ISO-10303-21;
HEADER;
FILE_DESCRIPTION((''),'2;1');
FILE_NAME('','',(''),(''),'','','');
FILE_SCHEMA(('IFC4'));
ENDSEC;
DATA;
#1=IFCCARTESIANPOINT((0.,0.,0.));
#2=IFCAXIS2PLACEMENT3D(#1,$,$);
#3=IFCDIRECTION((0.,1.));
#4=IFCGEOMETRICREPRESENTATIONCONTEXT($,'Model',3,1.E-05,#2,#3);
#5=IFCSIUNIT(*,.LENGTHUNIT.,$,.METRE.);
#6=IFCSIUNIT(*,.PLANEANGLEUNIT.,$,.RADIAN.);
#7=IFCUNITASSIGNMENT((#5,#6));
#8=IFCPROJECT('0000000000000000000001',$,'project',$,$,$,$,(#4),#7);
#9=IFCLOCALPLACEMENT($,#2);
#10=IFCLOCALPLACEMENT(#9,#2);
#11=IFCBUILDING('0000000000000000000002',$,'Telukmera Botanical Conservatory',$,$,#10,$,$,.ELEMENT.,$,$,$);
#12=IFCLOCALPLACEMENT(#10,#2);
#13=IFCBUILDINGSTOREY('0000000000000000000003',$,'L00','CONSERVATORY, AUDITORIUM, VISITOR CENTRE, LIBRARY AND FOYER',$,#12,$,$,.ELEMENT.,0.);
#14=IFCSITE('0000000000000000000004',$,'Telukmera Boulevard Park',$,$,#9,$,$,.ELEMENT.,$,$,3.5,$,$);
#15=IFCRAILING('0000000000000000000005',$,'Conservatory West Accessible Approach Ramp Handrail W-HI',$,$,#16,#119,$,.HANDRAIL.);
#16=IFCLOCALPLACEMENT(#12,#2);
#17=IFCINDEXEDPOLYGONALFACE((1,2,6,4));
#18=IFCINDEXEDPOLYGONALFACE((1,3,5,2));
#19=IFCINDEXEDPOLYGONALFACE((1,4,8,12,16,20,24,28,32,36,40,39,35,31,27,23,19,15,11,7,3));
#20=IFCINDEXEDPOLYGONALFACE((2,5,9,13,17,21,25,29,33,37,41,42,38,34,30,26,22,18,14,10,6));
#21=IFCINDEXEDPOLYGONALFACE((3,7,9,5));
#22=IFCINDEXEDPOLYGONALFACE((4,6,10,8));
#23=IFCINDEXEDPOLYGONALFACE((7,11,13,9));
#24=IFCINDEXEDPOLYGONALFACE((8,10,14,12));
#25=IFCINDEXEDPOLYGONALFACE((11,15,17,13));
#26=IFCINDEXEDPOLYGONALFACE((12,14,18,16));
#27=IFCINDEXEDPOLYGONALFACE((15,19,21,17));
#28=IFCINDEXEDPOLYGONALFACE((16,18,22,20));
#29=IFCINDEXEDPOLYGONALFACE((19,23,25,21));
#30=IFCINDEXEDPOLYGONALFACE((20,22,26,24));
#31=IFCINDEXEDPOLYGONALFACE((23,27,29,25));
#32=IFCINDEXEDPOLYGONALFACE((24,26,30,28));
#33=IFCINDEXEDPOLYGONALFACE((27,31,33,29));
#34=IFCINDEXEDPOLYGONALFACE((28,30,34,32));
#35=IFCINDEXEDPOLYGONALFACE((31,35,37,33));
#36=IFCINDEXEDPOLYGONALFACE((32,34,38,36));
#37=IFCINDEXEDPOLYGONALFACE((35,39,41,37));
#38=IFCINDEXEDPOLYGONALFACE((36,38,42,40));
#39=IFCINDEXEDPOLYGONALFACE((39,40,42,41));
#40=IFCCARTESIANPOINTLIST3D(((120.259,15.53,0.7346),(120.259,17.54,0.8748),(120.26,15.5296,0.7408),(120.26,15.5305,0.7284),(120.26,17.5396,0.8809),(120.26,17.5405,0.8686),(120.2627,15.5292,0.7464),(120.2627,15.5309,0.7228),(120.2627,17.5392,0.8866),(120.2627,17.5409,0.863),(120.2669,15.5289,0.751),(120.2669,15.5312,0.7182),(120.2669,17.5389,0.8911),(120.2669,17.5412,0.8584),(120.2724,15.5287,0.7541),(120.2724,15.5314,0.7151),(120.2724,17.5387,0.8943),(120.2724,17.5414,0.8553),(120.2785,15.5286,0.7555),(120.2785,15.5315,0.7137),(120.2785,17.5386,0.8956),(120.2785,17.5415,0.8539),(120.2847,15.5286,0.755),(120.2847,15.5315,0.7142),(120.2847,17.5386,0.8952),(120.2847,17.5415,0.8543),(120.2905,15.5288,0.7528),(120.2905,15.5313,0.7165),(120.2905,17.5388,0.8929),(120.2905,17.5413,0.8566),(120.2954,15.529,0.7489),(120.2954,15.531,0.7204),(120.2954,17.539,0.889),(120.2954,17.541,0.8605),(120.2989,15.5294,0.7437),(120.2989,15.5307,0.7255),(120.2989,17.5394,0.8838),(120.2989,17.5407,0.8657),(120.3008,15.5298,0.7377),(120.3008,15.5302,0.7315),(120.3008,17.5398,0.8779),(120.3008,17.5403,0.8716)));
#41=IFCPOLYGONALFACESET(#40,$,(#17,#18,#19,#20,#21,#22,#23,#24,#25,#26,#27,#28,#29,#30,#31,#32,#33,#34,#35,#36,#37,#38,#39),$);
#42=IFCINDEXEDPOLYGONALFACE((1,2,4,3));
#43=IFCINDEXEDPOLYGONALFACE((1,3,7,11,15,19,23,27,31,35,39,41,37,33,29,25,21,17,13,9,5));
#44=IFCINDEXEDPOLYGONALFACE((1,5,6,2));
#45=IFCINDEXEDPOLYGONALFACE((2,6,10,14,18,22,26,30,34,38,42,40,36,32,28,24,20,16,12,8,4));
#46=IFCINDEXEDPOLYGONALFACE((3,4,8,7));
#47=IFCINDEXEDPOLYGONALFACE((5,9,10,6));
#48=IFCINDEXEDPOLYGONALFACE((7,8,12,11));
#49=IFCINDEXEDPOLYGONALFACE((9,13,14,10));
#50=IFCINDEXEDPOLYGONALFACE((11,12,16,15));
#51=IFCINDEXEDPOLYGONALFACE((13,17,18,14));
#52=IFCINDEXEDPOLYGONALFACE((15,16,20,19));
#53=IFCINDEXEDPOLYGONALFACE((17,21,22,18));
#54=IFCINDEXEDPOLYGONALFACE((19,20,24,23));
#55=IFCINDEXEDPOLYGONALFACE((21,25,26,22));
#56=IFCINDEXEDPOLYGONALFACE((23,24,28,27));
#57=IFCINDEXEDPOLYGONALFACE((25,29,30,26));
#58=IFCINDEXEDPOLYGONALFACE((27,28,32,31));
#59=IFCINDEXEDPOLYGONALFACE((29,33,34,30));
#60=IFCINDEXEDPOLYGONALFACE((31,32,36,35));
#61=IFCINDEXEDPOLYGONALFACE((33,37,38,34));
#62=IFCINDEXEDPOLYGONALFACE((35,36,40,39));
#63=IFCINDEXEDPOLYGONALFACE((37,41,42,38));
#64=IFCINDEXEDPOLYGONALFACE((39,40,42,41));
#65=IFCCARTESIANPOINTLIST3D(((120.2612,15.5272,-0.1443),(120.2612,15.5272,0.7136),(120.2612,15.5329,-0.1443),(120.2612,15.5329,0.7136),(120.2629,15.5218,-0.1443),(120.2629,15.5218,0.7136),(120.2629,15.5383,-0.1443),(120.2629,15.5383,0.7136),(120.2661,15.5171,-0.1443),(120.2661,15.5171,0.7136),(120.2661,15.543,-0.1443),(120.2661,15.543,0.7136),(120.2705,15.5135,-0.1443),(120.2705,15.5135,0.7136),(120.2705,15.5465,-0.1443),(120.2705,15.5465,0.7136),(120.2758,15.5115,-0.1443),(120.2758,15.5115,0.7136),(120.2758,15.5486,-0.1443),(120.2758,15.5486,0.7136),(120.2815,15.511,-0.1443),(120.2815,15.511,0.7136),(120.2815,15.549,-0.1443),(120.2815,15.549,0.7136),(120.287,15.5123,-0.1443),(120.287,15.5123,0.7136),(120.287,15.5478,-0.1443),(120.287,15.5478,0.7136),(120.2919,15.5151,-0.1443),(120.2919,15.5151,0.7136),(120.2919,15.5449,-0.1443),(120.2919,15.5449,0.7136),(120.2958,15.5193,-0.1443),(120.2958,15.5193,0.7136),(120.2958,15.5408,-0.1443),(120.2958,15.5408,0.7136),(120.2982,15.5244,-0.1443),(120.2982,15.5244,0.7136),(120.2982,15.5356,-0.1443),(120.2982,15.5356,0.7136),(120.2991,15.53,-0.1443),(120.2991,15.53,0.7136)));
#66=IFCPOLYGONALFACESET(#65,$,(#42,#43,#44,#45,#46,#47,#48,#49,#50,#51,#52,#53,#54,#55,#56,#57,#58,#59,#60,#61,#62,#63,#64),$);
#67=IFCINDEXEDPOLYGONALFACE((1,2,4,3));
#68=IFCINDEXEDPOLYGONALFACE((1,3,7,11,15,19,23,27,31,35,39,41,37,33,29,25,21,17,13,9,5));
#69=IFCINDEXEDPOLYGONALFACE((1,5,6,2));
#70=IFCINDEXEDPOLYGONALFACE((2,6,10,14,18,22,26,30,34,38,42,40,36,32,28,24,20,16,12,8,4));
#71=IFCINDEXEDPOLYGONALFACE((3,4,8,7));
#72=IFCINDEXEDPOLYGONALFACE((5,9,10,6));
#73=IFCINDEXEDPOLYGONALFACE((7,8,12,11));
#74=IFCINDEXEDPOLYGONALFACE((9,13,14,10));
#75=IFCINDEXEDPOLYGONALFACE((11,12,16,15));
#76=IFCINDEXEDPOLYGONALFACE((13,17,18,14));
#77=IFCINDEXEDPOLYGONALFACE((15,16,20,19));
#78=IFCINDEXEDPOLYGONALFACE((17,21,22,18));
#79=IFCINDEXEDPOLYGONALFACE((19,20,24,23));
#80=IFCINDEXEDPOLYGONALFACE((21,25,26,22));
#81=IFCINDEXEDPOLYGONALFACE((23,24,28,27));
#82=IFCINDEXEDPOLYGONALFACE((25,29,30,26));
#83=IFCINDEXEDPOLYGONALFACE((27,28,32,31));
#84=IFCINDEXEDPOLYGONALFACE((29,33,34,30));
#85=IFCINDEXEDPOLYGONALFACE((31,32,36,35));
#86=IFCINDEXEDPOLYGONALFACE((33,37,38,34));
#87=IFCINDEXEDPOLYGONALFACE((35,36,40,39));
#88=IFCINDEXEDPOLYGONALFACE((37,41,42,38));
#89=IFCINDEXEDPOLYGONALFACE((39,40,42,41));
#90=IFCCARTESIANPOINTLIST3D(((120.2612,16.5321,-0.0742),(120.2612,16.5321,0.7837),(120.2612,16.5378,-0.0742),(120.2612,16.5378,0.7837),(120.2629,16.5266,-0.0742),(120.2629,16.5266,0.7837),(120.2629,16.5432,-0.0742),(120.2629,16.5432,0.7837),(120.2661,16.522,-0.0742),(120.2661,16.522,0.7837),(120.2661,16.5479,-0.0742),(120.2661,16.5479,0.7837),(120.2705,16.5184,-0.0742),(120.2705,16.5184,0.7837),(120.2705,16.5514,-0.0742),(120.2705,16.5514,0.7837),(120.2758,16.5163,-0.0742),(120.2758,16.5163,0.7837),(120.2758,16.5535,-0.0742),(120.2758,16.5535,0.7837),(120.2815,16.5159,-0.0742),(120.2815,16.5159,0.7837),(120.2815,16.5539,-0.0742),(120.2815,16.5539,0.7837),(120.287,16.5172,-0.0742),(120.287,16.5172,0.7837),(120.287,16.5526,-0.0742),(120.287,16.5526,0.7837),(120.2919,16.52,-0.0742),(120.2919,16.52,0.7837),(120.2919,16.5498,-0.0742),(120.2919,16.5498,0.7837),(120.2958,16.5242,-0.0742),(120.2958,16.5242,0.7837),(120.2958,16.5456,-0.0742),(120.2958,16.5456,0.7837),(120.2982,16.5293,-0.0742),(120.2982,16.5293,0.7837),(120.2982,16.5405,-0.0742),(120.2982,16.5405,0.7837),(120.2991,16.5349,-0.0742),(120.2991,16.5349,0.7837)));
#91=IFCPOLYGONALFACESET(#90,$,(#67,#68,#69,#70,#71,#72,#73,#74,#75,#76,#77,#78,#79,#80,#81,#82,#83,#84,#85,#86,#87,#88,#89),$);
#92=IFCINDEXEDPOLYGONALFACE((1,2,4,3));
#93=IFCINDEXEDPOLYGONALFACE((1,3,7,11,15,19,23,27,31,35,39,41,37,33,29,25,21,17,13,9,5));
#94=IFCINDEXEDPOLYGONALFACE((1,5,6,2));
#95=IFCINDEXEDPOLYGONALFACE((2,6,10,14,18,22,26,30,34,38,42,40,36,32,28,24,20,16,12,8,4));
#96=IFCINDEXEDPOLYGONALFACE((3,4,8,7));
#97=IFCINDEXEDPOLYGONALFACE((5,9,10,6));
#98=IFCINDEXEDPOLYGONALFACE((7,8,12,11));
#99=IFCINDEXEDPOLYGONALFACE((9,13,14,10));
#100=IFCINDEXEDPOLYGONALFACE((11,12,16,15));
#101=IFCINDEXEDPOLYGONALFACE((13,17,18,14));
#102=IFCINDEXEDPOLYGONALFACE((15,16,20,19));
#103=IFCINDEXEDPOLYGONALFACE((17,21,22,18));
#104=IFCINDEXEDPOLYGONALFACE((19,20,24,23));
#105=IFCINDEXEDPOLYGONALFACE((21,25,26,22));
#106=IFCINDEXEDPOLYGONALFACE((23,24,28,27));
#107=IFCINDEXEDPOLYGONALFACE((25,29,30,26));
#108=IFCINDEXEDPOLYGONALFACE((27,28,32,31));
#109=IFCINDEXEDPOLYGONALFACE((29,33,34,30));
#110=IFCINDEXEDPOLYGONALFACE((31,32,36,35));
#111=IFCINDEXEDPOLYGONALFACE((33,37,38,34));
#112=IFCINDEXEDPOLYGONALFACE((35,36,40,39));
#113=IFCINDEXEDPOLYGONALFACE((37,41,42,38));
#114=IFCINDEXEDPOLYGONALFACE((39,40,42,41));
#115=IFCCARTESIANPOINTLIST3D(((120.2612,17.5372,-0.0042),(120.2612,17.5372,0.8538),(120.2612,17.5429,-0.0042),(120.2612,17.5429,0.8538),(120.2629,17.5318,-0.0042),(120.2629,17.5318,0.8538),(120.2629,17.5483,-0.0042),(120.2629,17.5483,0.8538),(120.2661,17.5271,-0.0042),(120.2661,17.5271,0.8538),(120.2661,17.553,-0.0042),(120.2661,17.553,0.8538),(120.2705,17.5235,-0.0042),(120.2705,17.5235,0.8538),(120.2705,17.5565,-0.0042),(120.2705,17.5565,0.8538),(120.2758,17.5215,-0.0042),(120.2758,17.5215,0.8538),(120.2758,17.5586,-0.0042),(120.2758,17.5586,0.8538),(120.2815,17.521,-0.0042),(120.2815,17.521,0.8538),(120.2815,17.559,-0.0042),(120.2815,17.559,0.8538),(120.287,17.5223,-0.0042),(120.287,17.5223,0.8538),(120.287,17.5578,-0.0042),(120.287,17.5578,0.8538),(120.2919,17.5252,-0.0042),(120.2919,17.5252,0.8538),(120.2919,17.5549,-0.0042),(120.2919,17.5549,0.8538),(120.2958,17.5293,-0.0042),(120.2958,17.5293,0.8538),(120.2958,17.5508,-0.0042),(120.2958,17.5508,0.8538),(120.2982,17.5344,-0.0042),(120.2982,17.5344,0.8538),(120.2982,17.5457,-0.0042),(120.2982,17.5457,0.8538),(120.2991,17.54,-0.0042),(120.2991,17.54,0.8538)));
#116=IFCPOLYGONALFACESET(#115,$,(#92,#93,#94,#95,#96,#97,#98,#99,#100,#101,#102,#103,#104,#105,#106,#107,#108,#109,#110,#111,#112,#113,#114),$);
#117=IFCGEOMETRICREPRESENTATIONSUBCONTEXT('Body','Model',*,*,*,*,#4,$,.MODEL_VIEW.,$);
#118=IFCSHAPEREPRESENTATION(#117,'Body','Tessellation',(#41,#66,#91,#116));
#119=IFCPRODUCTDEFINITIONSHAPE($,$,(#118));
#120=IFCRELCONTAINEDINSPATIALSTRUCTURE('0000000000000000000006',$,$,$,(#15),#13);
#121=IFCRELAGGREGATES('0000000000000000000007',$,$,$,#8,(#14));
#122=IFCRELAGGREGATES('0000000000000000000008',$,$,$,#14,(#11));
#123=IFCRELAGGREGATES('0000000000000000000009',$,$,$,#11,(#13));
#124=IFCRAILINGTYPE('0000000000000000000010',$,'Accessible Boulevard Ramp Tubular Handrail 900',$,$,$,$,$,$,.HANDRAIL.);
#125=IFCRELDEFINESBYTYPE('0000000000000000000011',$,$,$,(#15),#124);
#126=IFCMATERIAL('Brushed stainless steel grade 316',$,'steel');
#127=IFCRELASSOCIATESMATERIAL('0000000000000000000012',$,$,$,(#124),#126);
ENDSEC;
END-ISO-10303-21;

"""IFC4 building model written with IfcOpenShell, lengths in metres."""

from ifc_helpers import new_model, si_unit, direction, frame, origin, origin_2d, place, context, subcontext, project, spatial, circle, extrude, material, type_object, element, save


model = new_model("IFC4")

# Units and contexts
model_context = context("Model", 3, precision=1e-05, world=origin(), true_north=direction((0.0, 1.0)))
body_context = subcontext(model_context, "Body", "Model", "MODEL_VIEW")
ifc_project = project(units=[si_unit("LENGTHUNIT", "METRE"), si_unit("PLANEANGLEUNIT", "RADIAN")], contexts=[model_context])

# Site, building, storey
site_placement = place(None, origin())
site = spatial("IfcSite", under=ifc_project, at=site_placement, Name="Telukmera Boulevard Park", CompositionType="ELEMENT", RefElevation=3.5)
building_placement = place(site_placement, origin())
building = spatial("IfcBuilding", under=site, at=building_placement, Name="Telukmera Botanical Conservatory", CompositionType="ELEMENT")
storey_placement = place(building_placement, origin())
storey = spatial("IfcBuildingStorey", under=building, at=storey_placement, Name="L00", Description="CONSERVATORY, AUDITORIUM, VISITOR CENTRE, LIBRARY AND FOYER", CompositionType="ELEMENT", Elevation=0.0)

# Railing
ifc_material_1 = material(Name="Brushed stainless steel grade 316", Category="steel")
railing_type = type_object("IfcRailingType", Name="Accessible Boulevard Ramp Tubular Handrail 900", PredefinedType="HANDRAIL", material=ifc_material_1)
railing_1_placement = place(storey_placement, frame((120.28, 15.53, -0.1443)))
element("IfcRailing", 1, at=railing_1_placement, inside=storey, type_object=railing_type, Name="Conservatory West Accessible Approach Ramp Handrail W-HI", PredefinedType="HANDRAIL", context=body_context, shape_type="SweptSolid", body=[
    extrude(circle(Radius=0.021, at=origin_2d()), frame((0.0, 0.0, 0.8789), z_axis=(0.0, 0.997578, 0.069551), x_axis=(-1.0, 0.0, 0.0)), (0.0, 0.0, 1.0), 2.0149),
    extrude(circle(Radius=0.019, at=origin_2d()), origin(), (0.0, 0.0, 1.0), 0.8579),
    extrude(circle(Radius=0.019, at=origin_2d()), frame((0.0, 1.0049, 0.0701)), (0.0, 0.0, 1.0), 0.8579),
    extrude(circle(Radius=0.019, at=origin_2d()), frame((0.0, 2.01, 0.1401)), (0.0, 0.0, 1.0), 0.8579),
])

save(model, "model.ifc")
